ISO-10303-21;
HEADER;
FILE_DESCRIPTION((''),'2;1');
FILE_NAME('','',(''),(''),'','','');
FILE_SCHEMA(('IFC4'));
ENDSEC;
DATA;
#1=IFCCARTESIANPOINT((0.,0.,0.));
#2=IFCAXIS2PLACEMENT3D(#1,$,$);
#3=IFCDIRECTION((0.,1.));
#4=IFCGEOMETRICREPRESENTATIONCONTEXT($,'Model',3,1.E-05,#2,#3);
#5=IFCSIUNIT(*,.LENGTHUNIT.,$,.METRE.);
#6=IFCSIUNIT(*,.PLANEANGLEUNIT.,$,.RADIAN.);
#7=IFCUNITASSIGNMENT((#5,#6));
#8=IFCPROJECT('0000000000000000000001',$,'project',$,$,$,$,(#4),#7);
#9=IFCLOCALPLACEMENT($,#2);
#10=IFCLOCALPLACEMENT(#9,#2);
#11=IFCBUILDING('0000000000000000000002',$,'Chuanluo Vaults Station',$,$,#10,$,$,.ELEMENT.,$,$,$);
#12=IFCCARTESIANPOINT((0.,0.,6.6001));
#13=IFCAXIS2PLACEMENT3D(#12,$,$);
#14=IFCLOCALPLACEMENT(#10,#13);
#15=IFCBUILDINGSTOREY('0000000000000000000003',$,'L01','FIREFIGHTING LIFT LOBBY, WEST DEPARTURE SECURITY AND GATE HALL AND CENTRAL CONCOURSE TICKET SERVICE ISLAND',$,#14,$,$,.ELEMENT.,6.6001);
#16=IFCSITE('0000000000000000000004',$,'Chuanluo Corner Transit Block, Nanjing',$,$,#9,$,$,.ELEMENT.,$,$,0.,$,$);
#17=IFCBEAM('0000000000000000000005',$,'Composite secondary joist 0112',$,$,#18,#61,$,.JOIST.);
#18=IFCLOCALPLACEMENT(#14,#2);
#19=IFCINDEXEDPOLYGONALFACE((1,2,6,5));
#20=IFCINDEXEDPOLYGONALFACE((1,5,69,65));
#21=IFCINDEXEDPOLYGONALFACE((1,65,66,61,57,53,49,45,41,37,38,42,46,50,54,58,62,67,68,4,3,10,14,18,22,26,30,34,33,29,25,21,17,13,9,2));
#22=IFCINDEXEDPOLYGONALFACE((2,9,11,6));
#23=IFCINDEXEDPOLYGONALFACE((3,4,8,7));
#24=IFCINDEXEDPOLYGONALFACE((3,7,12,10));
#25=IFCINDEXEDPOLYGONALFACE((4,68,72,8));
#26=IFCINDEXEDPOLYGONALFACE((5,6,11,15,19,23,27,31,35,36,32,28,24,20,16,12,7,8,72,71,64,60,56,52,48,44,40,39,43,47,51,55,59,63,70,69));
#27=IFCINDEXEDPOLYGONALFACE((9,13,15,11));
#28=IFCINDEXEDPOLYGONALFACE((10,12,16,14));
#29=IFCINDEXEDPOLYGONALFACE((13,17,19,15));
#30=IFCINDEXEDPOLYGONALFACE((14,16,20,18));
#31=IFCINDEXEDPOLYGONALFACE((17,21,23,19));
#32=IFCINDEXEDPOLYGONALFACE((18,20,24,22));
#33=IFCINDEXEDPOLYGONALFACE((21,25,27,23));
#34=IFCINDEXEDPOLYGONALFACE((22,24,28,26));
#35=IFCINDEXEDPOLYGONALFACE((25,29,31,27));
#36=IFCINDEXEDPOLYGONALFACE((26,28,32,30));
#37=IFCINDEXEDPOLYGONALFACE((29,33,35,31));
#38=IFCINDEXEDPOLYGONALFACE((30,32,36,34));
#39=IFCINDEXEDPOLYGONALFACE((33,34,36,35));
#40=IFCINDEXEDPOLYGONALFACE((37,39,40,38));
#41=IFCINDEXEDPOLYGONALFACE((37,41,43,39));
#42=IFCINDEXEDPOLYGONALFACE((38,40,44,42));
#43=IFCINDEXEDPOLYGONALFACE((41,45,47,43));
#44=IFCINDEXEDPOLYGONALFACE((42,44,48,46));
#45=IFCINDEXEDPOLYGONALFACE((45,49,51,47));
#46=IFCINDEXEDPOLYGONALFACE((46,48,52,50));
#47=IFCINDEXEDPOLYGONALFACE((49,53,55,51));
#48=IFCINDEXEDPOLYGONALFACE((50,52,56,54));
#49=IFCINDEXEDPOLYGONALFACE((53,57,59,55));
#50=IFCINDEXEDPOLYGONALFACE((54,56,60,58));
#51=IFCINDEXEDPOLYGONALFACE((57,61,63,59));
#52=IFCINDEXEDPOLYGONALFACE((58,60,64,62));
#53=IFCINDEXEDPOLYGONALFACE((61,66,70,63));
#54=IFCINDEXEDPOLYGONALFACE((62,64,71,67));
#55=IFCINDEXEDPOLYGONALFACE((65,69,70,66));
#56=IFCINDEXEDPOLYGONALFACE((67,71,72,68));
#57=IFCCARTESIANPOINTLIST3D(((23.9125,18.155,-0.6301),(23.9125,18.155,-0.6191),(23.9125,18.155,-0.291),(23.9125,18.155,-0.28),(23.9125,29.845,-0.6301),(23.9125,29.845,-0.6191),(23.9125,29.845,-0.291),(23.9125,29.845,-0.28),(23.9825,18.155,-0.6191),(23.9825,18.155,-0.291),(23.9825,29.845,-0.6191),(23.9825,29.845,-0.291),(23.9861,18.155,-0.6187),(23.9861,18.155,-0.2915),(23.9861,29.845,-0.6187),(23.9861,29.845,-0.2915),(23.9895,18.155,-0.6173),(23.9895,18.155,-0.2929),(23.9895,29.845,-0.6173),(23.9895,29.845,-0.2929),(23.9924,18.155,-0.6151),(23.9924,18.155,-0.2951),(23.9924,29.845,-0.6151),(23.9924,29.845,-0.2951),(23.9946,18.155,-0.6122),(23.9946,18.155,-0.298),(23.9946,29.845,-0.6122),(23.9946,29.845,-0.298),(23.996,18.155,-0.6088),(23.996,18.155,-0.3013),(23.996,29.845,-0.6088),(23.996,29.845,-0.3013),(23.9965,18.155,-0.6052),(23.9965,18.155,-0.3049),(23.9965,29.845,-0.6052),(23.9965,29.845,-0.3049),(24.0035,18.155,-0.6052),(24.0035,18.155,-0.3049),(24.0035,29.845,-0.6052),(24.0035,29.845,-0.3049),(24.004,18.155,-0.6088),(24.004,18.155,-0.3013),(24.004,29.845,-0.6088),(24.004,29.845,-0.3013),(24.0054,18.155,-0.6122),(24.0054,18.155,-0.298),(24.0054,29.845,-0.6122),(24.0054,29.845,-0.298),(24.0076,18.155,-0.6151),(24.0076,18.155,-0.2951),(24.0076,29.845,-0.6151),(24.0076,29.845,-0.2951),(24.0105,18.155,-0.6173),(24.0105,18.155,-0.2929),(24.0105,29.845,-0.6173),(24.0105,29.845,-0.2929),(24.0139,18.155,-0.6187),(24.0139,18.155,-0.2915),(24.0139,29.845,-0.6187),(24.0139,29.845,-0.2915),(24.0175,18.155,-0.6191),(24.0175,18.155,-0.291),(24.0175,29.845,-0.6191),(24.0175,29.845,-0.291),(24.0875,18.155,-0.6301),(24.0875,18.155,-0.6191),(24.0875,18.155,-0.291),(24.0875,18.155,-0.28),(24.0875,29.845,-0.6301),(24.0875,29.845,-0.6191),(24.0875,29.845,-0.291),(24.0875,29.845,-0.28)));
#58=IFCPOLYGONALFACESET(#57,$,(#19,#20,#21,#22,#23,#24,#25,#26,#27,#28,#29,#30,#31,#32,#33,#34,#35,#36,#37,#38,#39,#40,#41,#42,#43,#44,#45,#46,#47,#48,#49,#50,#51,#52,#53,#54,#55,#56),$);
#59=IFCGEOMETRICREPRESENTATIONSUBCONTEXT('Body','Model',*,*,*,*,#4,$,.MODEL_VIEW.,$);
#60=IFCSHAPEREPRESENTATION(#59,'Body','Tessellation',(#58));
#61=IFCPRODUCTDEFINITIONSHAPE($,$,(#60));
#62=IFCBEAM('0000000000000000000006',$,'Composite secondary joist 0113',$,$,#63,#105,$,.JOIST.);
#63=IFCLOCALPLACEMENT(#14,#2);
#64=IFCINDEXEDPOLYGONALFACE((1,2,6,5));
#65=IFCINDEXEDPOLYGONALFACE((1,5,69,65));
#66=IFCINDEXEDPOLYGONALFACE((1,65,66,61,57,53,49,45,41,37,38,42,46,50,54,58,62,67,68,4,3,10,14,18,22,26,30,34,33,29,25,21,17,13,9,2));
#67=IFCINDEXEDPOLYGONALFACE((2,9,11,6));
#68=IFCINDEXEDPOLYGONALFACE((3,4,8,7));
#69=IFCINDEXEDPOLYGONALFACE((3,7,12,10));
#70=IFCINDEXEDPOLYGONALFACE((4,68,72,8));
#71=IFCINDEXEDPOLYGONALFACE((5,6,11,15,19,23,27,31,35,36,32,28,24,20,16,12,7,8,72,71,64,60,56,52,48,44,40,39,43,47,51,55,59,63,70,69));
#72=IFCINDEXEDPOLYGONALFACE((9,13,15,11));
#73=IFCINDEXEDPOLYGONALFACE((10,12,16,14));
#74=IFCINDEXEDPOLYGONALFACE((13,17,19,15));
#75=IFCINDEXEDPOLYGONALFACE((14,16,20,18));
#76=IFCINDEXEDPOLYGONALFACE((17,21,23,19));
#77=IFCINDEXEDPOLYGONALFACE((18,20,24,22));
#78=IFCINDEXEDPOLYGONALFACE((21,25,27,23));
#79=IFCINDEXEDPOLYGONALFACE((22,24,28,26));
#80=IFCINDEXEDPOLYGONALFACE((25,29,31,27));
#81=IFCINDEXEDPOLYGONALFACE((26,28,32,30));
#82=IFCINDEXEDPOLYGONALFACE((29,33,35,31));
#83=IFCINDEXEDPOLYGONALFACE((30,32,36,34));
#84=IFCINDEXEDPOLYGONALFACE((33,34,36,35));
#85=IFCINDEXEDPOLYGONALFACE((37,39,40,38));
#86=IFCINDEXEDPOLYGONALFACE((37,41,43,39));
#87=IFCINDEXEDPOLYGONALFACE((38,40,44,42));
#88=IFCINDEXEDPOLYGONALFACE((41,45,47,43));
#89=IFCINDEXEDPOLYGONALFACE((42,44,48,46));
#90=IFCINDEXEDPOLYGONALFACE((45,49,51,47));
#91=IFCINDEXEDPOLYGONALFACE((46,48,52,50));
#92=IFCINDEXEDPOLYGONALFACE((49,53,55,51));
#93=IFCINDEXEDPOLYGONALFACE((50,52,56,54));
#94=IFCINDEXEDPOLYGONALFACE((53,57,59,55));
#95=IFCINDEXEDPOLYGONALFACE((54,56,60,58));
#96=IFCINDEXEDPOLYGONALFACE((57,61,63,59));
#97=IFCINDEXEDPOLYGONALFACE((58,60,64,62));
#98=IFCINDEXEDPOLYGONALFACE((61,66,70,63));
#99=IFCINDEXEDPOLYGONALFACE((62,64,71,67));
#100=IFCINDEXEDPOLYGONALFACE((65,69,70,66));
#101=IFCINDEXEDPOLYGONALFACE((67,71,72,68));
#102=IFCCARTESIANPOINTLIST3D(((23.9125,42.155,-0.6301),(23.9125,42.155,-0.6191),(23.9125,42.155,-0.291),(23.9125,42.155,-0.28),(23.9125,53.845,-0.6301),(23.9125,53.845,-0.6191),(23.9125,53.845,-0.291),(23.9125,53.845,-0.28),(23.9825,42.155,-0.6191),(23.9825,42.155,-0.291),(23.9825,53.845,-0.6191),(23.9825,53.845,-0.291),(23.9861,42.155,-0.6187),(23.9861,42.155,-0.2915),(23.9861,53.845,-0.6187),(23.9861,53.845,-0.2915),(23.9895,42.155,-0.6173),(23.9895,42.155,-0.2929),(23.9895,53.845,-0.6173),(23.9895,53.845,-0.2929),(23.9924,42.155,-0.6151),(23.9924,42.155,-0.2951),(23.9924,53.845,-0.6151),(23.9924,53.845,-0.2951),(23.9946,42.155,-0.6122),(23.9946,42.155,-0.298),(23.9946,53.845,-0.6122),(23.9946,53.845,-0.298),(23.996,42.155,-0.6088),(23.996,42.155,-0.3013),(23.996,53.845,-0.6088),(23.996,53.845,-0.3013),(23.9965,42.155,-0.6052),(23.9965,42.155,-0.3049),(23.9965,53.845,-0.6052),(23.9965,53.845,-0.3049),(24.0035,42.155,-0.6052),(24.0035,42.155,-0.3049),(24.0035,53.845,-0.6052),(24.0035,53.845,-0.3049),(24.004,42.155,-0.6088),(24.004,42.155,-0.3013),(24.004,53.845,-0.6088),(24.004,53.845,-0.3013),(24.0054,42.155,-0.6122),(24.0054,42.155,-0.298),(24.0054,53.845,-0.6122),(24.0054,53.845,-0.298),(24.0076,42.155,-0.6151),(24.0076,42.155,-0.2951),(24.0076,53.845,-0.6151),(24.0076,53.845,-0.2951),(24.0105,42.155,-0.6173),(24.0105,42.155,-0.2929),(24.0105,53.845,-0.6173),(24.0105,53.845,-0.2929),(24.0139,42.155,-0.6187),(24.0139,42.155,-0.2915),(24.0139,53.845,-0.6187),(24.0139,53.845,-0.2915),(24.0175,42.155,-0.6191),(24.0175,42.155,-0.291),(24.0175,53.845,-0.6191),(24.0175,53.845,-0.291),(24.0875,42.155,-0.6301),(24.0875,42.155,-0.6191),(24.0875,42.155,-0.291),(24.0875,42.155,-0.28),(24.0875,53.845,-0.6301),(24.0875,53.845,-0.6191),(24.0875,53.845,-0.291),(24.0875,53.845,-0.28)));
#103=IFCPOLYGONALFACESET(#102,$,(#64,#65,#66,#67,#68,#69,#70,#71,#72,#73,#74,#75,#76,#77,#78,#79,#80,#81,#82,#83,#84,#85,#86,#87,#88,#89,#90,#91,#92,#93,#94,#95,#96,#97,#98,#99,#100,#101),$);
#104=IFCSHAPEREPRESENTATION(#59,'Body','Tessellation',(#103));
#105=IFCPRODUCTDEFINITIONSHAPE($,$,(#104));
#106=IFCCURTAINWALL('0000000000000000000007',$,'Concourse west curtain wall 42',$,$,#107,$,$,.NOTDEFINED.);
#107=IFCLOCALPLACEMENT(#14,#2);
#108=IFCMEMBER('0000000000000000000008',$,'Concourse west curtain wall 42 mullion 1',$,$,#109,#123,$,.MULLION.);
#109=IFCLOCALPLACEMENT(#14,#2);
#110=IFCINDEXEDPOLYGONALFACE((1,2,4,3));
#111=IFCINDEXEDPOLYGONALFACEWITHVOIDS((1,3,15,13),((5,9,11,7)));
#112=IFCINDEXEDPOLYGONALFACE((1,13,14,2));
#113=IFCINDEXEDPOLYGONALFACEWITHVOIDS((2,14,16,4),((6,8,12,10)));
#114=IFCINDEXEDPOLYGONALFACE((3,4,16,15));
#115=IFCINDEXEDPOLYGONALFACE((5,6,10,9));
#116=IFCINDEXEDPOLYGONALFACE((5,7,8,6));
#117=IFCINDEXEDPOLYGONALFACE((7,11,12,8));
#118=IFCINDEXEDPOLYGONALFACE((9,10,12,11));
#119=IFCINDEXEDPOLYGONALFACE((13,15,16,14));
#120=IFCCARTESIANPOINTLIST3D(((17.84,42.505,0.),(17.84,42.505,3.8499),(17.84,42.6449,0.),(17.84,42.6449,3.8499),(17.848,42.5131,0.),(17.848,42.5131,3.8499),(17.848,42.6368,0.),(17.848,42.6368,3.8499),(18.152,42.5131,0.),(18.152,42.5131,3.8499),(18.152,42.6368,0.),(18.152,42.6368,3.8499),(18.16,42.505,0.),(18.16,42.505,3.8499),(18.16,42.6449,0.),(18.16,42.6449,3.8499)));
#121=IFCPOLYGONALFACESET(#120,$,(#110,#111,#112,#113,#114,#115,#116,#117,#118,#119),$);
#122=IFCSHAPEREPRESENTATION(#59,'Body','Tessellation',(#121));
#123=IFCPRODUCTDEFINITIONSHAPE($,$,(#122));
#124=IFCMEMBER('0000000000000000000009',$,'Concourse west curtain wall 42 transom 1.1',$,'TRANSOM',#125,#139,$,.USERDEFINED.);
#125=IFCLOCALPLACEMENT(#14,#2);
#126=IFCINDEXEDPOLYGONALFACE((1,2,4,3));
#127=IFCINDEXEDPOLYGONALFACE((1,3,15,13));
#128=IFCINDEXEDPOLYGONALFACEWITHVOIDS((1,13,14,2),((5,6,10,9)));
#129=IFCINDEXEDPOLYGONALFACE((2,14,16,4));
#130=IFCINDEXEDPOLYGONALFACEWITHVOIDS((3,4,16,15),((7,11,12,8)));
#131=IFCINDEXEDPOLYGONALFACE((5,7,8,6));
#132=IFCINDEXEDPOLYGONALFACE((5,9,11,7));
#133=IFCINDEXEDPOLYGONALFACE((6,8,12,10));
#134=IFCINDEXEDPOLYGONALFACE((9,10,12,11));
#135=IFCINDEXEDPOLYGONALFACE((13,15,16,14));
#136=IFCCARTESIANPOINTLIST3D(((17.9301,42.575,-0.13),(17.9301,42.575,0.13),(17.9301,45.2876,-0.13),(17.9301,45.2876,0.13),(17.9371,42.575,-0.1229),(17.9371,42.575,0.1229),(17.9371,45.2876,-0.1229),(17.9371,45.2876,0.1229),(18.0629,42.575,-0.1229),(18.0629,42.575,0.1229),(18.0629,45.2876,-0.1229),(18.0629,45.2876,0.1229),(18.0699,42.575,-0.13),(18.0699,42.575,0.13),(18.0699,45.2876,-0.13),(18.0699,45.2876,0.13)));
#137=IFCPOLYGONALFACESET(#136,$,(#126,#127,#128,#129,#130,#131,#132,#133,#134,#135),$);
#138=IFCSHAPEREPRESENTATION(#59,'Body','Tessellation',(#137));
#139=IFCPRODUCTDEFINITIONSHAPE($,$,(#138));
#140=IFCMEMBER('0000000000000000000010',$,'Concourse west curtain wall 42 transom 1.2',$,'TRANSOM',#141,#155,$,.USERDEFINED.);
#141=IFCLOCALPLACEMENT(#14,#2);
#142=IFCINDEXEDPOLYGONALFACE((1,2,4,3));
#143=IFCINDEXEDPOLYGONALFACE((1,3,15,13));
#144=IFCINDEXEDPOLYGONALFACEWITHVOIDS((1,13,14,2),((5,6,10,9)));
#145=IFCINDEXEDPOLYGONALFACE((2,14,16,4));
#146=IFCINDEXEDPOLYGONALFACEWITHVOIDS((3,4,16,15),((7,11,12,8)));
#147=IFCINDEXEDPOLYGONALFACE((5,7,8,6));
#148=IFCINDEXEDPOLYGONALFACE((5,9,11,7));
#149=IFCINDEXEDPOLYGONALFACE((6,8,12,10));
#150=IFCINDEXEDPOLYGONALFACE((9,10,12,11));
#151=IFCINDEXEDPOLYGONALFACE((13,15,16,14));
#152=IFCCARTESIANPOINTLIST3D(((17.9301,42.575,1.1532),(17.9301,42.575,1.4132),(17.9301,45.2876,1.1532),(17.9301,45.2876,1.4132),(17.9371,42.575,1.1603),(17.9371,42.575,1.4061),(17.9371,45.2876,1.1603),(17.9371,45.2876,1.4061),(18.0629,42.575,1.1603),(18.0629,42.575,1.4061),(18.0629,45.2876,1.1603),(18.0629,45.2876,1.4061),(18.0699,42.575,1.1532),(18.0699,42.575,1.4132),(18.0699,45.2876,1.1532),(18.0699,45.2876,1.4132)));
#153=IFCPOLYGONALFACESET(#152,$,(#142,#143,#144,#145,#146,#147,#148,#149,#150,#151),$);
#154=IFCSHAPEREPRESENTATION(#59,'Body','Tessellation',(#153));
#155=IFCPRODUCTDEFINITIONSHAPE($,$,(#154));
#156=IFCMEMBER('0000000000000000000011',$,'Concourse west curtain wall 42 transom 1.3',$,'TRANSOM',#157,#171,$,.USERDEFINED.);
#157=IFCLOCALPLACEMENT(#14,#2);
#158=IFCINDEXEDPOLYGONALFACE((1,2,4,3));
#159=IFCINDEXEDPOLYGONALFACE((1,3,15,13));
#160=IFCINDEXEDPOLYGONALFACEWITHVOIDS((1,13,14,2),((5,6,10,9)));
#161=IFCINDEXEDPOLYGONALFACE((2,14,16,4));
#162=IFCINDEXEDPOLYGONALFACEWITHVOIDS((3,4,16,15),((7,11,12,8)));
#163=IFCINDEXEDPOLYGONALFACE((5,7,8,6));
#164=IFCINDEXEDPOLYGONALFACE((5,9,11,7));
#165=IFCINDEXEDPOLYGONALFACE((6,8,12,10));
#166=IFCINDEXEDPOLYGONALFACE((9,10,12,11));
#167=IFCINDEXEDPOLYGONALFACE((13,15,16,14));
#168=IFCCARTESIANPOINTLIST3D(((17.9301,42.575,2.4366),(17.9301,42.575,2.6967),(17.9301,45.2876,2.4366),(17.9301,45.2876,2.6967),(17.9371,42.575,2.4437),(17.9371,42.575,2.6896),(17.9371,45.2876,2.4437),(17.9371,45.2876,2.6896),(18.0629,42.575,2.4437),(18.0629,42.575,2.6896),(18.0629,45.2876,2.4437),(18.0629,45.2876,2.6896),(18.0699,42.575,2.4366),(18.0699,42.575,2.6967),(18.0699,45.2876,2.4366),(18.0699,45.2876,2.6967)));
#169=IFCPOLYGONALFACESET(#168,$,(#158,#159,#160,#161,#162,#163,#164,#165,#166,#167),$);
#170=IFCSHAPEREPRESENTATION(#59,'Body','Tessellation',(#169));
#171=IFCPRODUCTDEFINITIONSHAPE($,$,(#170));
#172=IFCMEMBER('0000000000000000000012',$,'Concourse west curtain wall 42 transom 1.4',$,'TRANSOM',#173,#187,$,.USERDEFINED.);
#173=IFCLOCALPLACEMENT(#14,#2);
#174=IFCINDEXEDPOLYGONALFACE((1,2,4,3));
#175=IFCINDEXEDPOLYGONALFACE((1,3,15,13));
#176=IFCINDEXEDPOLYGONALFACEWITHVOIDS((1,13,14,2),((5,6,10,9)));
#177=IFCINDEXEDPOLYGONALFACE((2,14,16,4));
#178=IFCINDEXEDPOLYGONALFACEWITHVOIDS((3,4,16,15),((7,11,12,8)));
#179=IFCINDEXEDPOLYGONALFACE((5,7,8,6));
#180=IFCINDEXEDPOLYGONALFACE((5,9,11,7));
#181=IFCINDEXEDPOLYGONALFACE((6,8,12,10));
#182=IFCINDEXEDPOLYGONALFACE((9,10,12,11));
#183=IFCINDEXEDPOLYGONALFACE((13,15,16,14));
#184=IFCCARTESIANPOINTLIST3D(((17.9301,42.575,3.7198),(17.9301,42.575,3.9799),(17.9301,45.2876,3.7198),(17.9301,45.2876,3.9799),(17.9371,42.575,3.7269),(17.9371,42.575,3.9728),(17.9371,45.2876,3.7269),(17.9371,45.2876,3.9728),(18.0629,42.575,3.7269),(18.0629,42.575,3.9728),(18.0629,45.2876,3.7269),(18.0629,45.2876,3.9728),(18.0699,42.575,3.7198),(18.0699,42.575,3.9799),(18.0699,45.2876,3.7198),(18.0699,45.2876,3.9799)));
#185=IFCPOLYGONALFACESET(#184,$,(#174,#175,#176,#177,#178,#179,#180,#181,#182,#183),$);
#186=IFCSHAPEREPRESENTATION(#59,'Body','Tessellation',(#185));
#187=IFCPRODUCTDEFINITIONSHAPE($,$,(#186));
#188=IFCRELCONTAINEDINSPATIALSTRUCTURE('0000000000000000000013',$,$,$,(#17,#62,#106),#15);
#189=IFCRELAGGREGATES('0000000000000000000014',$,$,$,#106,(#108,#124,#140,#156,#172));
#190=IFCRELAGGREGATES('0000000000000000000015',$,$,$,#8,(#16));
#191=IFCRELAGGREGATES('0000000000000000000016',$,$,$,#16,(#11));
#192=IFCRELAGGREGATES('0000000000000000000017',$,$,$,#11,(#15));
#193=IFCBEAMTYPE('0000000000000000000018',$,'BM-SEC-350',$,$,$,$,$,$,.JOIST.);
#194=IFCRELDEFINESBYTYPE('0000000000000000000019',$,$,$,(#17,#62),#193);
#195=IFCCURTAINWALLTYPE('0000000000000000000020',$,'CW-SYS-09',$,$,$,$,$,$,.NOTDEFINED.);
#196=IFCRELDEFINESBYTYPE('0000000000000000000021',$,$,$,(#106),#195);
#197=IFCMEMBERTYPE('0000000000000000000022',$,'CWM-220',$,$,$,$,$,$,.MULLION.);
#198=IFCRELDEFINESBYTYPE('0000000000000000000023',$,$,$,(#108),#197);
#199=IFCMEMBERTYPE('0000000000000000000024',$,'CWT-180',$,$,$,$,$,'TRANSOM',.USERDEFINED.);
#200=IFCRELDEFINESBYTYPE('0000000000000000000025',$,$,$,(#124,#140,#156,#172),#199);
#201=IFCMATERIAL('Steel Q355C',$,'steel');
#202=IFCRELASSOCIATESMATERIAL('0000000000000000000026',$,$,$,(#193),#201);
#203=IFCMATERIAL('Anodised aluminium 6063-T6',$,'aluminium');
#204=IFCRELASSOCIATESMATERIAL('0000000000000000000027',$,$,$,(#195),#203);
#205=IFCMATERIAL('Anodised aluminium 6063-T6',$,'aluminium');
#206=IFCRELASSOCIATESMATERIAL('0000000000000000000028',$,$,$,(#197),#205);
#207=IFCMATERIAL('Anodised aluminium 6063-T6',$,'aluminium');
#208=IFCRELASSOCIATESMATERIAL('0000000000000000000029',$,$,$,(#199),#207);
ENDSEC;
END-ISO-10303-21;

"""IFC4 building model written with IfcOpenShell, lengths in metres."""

from ifc_helpers import new_model, si_unit, direction, frame, origin, origin_2d, place, context, subcontext, project, spatial, hollow_rectangle, i_section, extrude, material, material_profile, profile_set, type_object, element, aggregate, save


model = new_model("IFC4")

# Units and contexts
model_context = context("Model", 3, precision=1e-05, world=origin(), true_north=direction((0.0, 1.0)))
body_context = subcontext(model_context, "Body", "Model", "MODEL_VIEW")
ifc_project = project(units=[si_unit("LENGTHUNIT", "METRE"), si_unit("PLANEANGLEUNIT", "RADIAN")], contexts=[model_context])

# Site, building, storey
site_placement = place(None, origin())
site = spatial("IfcSite", under=ifc_project, at=site_placement, Name="Chuanluo Corner Transit Block, Nanjing", CompositionType="ELEMENT", RefElevation=0.0)
building_placement = place(site_placement, origin())
building = spatial("IfcBuilding", under=site, at=building_placement, Name="Chuanluo Vaults Station", CompositionType="ELEMENT")
storey_placement = place(building_placement, frame((0.0, 0.0, 6.6001)))
storey = spatial("IfcBuildingStorey", under=building, at=storey_placement, Name="L01", Description="FIREFIGHTING LIFT LOBBY, WEST DEPARTURE SECURITY AND GATE HALL AND CENTRAL CONCOURSE TICKET SERVICE ISLAND", CompositionType="ELEMENT", Elevation=6.6001)

# Beams
ifc_material_1 = material(Name="Steel Q355C", Category="steel")
ifc_material_profile_1 = material_profile(ifc_material_1, i_section(OverallWidth=0.175, OverallDepth=0.3501, WebThickness=0.0071, FlangeThickness=0.011, FilletRadius=0.0139, at=origin_2d()))
ifc_profile_set_1 = profile_set([ifc_material_profile_1], Name="Steel Q355C")
beam_type = type_object("IfcBeamType", Name="BM-SEC-350", PredefinedType="JOIST", material=ifc_profile_set_1)
for number, where, z_axis, x_axis, name in (
    (1, (24.0, 18.155, -0.4551), (0.0, 1.0, 0.0), (-1.0, 0.0, 0.0), "Composite secondary joist 0112"),
    (2, (24.0, 42.155, -0.4551), (0.0, 1.0, 0.0), (-1.0, 0.0, 0.0), "Composite secondary joist 0113"),
):
    element("IfcBeam", number, at=place(storey_placement, frame(where, z_axis=z_axis, x_axis=x_axis)), inside=storey, type_object=beam_type, Name=name, PredefinedType="JOIST", context=body_context, shape_type="SweptSolid", body=[
        extrude(i_section(OverallWidth=0.175, OverallDepth=0.3501, WebThickness=0.0071, FlangeThickness=0.011, FilletRadius=0.0139, at=origin_2d()), origin(), (0.0, 0.0, 1.0), 11.6899),
    ])

# Curtain wall, members
ifc_material_2 = material(Name="Anodised aluminium 6063-T6", Category="aluminium")
curtain_wall_type = type_object("IfcCurtainWallType", Name="CW-SYS-09", PredefinedType="NOTDEFINED", material=ifc_material_2)
curtain_wall_placement = place(storey_placement, origin())
curtain_wall = element("IfcCurtainWall", 3, at=curtain_wall_placement, inside=storey, type_object=curtain_wall_type, Name="Concourse west curtain wall 42", PredefinedType="NOTDEFINED")
ifc_material_3 = material(Name="Anodised aluminium 6063-T6", Category="aluminium")
ifc_material_profile_2 = material_profile(ifc_material_3, hollow_rectangle(XDim=0.1399, YDim=0.3201, WallThickness=0.0081, at=origin_2d()))
ifc_profile_set_2 = profile_set([ifc_material_profile_2], Name="Anodised aluminium 6063-T6")
member_type_1 = type_object("IfcMemberType", Name="CWM-220", PredefinedType="MULLION", material=ifc_profile_set_2)
member_1_placement = place(storey_placement, frame((18.0, 42.575, 0.0), z_axis=(0.0, 0.0, 1.0), x_axis=(0.0, 1.0, 0.0)))
member_1 = element("IfcMember", 4, at=member_1_placement, type_object=member_type_1, Name="Concourse west curtain wall 42 mullion 1", PredefinedType="MULLION", context=body_context, shape_type="SweptSolid", body=[
    extrude(hollow_rectangle(XDim=0.1399, YDim=0.3201, WallThickness=0.0081, at=origin_2d()), origin(), (0.0, 0.0, 1.0), 3.8499),
])
ifc_material_4 = material(Name="Anodised aluminium 6063-T6", Category="aluminium")
ifc_material_profile_3 = material_profile(ifc_material_4, hollow_rectangle(XDim=0.1399, YDim=0.26, WallThickness=0.0071, at=origin_2d()))
ifc_profile_set_3 = profile_set([ifc_material_profile_3], Name="Anodised aluminium 6063-T6")
member_type_2 = type_object("IfcMemberType", Name="CWT-180", ElementType="TRANSOM", PredefinedType="USERDEFINED", material=ifc_profile_set_3)
member_2_placement = place(storey_placement, frame((18.0, 42.575, 0.0), z_axis=(0.0, 1.0, 0.0), x_axis=(-1.0, 0.0, 0.0)))
member_2 = element("IfcMember", 5, at=member_2_placement, type_object=member_type_2, Name="Concourse west curtain wall 42 transom 1.1", ObjectType="TRANSOM", PredefinedType="USERDEFINED", context=body_context, shape_type="SweptSolid", body=[
    extrude(hollow_rectangle(XDim=0.1399, YDim=0.26, WallThickness=0.0071, at=origin_2d()), origin(), (0.0, 0.0, 1.0), 2.7126),
])
member_3_placement = place(storey_placement, frame((18.0, 42.575, 1.2832), z_axis=(0.0, 1.0, 0.0), x_axis=(-1.0, 0.0, 0.0)))
member_3 = element("IfcMember", 6, at=member_3_placement, type_object=member_type_2, Name="Concourse west curtain wall 42 transom 1.2", ObjectType="TRANSOM", PredefinedType="USERDEFINED", context=body_context, shape_type="SweptSolid", body=[
    extrude(hollow_rectangle(XDim=0.1399, YDim=0.26, WallThickness=0.0071, at=origin_2d()), origin(), (0.0, 0.0, 1.0), 2.7126),
])
member_4_placement = place(storey_placement, frame((18.0, 42.575, 2.5667), z_axis=(0.0, 1.0, 0.0), x_axis=(-1.0, 0.0, 0.0)))
member_4 = element("IfcMember", 7, at=member_4_placement, type_object=member_type_2, Name="Concourse west curtain wall 42 transom 1.3", ObjectType="TRANSOM", PredefinedType="USERDEFINED", context=body_context, shape_type="SweptSolid", body=[
    extrude(hollow_rectangle(XDim=0.1399, YDim=0.26, WallThickness=0.0071, at=origin_2d()), origin(), (0.0, 0.0, 1.0), 2.7126),
])
member_5_placement = place(storey_placement, frame((18.0, 42.575, 3.8499), z_axis=(0.0, 1.0, 0.0), x_axis=(-1.0, 0.0, 0.0)))
member_5 = element("IfcMember", 8, at=member_5_placement, type_object=member_type_2, Name="Concourse west curtain wall 42 transom 1.4", ObjectType="TRANSOM", PredefinedType="USERDEFINED", context=body_context, shape_type="SweptSolid", body=[
    extrude(hollow_rectangle(XDim=0.1399, YDim=0.26, WallThickness=0.0071, at=origin_2d()), origin(), (0.0, 0.0, 1.0), 2.7126),
])
aggregate(curtain_wall, [member_1, member_2, member_3, member_4, member_5])

save(model, "model.ifc")
